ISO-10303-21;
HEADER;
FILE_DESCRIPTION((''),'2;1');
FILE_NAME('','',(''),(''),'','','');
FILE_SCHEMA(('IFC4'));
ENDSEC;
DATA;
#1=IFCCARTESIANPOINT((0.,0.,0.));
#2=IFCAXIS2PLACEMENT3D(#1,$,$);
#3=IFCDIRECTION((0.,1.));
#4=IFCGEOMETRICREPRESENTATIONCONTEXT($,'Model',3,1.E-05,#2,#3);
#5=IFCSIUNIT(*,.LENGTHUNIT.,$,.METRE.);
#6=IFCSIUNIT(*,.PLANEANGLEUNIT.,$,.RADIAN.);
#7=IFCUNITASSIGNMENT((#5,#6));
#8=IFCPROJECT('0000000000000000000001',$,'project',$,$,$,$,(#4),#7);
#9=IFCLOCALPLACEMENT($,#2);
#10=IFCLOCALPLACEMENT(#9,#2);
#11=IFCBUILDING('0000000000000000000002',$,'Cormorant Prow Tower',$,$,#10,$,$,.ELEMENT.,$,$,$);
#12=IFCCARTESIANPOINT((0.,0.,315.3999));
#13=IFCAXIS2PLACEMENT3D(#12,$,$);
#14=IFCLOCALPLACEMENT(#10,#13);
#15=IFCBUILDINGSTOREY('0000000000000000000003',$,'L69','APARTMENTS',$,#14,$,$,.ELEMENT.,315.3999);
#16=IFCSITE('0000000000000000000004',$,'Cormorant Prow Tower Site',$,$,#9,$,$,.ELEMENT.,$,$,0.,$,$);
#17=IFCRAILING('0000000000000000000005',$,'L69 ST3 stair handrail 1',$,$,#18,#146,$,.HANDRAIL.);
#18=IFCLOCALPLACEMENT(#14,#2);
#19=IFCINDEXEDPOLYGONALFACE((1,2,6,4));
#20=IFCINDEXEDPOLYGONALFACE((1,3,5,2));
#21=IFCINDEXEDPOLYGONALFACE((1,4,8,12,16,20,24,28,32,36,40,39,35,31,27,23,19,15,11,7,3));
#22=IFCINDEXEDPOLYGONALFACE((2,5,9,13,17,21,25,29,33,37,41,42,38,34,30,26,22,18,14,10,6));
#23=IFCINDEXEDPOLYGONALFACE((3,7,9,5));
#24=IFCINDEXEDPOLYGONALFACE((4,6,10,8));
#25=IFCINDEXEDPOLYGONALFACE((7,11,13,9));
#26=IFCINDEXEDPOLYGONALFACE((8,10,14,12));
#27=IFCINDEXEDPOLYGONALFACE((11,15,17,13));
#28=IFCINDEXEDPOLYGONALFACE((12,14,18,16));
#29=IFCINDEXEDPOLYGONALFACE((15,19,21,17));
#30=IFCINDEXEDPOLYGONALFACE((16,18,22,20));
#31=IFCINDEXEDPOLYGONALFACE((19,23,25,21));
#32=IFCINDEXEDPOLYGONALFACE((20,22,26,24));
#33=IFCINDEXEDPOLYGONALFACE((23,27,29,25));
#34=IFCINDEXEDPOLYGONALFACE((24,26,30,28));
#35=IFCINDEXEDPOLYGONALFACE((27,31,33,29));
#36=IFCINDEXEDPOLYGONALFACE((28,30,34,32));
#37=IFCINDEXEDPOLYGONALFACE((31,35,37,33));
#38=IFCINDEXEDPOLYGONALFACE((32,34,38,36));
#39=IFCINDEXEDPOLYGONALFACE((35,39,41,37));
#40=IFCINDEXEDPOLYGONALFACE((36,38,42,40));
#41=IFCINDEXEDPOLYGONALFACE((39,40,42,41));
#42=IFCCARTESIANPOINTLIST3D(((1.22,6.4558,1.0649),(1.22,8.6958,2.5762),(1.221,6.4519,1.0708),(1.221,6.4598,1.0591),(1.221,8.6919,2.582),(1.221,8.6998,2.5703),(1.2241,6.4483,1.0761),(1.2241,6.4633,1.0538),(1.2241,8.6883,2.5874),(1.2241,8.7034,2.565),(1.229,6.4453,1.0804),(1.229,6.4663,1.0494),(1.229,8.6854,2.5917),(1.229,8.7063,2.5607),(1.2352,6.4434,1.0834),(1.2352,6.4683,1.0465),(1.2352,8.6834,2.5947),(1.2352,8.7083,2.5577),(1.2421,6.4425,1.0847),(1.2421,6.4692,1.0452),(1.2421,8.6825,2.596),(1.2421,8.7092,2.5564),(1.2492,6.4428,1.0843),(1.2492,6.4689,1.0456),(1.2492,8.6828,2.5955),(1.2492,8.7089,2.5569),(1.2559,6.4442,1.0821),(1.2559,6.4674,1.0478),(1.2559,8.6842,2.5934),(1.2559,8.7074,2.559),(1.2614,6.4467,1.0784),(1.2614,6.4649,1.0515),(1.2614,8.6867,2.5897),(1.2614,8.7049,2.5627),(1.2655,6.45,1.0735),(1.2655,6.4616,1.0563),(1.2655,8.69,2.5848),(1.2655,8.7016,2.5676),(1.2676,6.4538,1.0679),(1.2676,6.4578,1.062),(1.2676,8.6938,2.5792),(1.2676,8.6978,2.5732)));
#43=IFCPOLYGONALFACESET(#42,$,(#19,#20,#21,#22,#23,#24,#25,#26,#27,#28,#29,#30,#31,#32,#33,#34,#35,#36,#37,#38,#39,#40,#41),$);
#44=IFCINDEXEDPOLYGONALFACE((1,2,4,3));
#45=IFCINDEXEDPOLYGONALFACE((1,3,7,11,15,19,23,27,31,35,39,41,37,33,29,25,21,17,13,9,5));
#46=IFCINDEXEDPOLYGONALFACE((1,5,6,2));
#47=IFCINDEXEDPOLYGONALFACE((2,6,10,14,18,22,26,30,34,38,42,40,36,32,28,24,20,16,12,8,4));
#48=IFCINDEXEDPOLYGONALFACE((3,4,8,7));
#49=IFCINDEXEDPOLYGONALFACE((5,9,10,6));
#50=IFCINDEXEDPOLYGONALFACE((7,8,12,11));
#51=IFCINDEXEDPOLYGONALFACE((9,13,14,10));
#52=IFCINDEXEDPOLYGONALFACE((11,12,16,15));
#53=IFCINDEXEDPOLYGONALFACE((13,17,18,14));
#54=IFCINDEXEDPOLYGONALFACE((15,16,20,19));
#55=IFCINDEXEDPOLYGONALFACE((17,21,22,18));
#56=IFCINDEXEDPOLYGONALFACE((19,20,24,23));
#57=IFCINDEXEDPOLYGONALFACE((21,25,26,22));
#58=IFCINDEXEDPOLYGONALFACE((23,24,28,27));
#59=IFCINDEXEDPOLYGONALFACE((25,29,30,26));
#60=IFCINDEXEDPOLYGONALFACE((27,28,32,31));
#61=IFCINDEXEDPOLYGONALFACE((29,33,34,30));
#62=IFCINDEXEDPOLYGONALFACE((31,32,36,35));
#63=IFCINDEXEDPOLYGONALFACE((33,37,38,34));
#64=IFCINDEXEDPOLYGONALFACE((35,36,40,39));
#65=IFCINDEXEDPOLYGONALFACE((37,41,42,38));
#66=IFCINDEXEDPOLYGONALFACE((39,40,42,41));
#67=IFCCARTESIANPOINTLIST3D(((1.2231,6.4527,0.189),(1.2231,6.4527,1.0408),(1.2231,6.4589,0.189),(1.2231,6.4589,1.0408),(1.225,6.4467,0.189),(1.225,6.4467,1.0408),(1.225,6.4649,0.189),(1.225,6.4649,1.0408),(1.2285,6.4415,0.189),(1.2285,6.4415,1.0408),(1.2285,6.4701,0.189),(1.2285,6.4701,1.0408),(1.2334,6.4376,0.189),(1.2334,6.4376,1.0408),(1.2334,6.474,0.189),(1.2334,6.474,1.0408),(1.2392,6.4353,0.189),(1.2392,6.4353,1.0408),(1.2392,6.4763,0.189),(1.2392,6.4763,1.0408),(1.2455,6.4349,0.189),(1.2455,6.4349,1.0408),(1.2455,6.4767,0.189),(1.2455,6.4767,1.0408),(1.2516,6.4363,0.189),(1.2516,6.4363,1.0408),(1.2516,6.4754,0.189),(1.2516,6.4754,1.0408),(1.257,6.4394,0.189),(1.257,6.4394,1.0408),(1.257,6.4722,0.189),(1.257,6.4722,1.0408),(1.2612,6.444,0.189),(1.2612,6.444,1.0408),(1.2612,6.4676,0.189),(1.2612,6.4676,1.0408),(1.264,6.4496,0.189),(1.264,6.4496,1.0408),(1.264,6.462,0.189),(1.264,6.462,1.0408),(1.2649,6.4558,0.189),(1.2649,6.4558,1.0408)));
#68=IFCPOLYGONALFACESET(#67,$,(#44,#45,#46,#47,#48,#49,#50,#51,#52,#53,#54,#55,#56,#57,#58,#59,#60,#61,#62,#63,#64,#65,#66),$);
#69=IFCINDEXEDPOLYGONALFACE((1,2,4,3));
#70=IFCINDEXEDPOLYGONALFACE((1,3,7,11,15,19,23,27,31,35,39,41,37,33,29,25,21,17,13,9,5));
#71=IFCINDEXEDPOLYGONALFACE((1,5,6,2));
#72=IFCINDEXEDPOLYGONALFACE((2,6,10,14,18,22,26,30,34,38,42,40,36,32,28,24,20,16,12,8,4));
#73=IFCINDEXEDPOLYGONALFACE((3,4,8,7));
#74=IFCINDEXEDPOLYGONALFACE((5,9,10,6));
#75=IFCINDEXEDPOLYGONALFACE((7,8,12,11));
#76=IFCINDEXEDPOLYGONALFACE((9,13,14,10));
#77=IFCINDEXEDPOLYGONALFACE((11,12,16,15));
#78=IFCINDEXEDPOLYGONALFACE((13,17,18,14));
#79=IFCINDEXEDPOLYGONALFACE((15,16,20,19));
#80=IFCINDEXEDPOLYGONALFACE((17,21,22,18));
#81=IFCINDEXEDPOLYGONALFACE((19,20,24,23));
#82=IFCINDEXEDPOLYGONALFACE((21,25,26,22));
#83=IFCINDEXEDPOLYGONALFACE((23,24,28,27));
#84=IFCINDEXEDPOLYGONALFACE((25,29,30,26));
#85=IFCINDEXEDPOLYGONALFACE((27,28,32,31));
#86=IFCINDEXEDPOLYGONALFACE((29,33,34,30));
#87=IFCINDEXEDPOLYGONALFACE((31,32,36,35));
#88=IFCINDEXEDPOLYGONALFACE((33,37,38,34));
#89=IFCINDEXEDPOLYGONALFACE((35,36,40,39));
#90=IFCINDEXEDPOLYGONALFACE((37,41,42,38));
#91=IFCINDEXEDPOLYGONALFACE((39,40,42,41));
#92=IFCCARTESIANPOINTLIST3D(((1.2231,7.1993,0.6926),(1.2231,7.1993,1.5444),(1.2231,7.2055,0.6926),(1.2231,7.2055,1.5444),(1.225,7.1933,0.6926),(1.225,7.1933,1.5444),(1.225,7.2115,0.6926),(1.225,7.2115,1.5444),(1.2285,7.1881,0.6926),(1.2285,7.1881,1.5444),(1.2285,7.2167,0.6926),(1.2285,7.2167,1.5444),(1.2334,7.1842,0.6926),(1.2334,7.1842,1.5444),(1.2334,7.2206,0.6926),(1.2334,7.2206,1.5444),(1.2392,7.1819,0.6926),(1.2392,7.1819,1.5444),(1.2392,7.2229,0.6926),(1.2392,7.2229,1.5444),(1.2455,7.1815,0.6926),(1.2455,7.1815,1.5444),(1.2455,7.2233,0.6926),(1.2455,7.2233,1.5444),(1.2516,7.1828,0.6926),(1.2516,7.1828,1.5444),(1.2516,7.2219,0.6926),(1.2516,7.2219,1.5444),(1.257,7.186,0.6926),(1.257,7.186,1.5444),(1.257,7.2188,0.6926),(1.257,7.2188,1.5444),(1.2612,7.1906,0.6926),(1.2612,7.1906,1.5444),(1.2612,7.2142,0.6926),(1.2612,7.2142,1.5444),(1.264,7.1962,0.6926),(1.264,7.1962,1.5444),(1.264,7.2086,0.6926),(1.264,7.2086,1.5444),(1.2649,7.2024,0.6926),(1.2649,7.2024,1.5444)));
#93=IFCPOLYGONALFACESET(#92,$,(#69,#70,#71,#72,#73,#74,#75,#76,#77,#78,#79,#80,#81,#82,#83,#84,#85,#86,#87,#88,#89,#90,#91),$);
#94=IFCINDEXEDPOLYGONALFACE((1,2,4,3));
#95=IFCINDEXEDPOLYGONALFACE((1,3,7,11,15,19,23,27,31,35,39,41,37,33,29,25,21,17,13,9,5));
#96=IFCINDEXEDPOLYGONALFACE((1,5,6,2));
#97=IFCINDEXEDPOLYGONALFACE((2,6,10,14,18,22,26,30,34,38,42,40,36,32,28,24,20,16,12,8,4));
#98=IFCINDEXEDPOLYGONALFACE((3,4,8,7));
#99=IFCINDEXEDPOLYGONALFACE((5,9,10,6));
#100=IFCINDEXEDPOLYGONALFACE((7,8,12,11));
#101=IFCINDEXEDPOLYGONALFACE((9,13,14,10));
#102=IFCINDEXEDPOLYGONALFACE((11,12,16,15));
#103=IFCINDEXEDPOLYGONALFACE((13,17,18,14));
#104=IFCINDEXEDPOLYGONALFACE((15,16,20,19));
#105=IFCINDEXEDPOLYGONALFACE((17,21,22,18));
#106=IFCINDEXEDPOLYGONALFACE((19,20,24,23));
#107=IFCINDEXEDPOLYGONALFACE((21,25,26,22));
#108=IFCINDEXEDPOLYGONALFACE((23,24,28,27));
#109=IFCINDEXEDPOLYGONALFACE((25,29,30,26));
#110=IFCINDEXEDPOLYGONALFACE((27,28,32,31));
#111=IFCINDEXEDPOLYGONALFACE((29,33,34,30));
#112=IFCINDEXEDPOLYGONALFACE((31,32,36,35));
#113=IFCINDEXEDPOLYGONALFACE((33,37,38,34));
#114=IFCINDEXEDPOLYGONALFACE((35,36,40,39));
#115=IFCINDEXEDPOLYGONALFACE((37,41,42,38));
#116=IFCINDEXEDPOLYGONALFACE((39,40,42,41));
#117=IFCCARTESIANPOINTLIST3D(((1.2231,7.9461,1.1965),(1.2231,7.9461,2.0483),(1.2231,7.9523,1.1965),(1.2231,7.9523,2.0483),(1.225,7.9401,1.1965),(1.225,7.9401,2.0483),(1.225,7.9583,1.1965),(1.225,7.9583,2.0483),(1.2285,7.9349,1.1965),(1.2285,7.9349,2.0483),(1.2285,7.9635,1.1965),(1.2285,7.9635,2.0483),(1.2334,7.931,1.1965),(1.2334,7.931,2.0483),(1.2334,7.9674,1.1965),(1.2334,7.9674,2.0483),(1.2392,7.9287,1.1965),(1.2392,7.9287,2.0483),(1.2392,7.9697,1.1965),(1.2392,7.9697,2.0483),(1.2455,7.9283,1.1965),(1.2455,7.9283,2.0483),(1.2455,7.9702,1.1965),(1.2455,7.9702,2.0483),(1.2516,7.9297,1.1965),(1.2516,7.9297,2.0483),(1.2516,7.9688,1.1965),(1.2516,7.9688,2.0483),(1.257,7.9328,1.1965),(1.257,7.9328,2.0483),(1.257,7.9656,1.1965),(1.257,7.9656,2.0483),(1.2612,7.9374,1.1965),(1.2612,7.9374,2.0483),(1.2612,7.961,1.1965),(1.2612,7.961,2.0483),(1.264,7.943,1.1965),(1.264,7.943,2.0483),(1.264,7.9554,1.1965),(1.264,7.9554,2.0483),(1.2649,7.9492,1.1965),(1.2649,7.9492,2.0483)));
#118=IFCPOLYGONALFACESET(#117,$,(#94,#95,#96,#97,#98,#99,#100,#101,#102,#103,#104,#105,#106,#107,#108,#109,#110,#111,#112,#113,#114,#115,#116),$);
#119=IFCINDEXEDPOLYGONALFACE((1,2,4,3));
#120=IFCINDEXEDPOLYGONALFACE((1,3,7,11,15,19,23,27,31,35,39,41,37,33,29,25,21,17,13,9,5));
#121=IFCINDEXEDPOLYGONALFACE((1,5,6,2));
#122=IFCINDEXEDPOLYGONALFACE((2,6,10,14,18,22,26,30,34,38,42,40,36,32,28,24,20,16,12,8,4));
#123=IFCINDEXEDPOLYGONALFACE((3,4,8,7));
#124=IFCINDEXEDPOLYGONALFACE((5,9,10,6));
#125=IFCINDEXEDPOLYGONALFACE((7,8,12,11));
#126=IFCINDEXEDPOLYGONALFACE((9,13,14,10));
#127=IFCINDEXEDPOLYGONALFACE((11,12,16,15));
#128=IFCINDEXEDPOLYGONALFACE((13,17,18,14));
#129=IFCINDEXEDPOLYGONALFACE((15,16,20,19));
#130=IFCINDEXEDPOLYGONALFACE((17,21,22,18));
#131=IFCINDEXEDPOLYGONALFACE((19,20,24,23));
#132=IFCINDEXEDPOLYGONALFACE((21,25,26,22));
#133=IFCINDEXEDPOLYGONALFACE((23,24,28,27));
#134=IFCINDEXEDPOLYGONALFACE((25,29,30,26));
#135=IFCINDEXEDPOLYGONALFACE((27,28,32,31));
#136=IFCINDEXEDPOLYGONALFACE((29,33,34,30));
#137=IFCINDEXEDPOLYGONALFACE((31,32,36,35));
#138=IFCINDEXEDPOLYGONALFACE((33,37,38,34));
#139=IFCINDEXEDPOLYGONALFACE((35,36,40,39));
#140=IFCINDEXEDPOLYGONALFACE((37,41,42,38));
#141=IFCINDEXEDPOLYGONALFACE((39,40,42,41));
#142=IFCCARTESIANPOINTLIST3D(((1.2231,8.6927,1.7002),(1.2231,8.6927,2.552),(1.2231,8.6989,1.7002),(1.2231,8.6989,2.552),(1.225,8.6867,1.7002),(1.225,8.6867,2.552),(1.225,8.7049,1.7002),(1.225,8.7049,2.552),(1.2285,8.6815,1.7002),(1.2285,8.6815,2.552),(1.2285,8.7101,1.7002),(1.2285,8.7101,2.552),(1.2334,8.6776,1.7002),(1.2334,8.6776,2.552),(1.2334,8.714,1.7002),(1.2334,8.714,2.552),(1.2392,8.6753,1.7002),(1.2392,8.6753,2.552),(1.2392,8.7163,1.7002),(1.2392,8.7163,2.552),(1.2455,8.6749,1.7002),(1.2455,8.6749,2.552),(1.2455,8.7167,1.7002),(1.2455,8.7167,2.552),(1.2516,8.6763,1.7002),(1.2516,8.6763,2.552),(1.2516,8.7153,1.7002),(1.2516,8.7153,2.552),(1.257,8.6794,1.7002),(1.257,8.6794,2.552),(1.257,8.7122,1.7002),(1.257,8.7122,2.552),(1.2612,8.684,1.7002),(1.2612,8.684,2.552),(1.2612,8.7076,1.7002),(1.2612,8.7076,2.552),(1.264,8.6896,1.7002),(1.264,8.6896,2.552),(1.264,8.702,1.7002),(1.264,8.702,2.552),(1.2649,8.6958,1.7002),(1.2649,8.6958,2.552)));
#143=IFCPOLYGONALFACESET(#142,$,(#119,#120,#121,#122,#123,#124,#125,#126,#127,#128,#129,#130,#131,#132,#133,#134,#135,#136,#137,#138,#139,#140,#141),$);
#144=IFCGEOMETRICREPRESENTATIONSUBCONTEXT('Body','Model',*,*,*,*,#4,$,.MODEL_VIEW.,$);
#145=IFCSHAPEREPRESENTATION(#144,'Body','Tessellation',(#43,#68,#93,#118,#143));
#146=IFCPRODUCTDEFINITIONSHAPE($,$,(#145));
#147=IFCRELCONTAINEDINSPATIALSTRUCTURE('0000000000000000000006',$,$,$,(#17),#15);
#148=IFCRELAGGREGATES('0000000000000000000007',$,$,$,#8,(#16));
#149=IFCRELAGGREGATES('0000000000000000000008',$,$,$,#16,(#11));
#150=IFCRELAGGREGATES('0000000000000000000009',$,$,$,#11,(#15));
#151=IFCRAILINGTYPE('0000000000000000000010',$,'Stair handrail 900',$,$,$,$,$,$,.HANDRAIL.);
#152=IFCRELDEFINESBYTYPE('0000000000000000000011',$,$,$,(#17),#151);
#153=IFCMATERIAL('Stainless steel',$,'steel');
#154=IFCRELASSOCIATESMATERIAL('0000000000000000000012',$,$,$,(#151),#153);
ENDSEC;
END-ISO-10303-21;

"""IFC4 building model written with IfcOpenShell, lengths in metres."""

from ifc_helpers import new_model, si_unit, direction, frame, origin, origin_2d, place, context, subcontext, project, spatial, circle, extrude, material, type_object, element, save


model = new_model("IFC4")

# Units and contexts
model_context = context("Model", 3, precision=1e-05, world=origin(), true_north=direction((0.0, 1.0)))
body_context = subcontext(model_context, "Body", "Model", "MODEL_VIEW")
ifc_project = project(units=[si_unit("LENGTHUNIT", "METRE"), si_unit("PLANEANGLEUNIT", "RADIAN")], contexts=[model_context])

# Site, building, storey
site_placement = place(None, origin())
site = spatial("IfcSite", under=ifc_project, at=site_placement, Name="Cormorant Prow Tower Site", CompositionType="ELEMENT", RefElevation=0.0)
building_placement = place(site_placement, origin())
building = spatial("IfcBuilding", under=site, at=building_placement, Name="Cormorant Prow Tower", CompositionType="ELEMENT")
storey_placement = place(building_placement, frame((0.0, 0.0, 315.3999)))
storey = spatial("IfcBuildingStorey", under=building, at=storey_placement, Name="L69", Description="APARTMENTS", CompositionType="ELEMENT", Elevation=315.3999)

# Railing
ifc_material_1 = material(Name="Stainless steel", Category="steel")
railing_type_1 = type_object("IfcRailingType", Name="Stair handrail 900", PredefinedType="HANDRAIL", material=ifc_material_1)
railing_1_placement = place(storey_placement, frame((1.2439, 6.4558, 0.189)))
element("IfcRailing", 1, at=railing_1_placement, inside=storey, type_object=railing_type_1, Name="L69 ST3 stair handrail 1", PredefinedType="HANDRAIL", context=body_context, shape_type="SweptSolid", body=[
    extrude(circle(Radius=0.0239, at=origin_2d()), frame((0.0, 0.0, 0.876), z_axis=(0.0, 0.82898, 0.559279), x_axis=(-1.0, 0.0, 0.0)), (0.0, 0.0, 1.0), 2.7021),
    extrude(circle(Radius=0.021, at=origin_2d()), origin(), (0.0, 0.0, 1.0), 0.8518),
    extrude(circle(Radius=0.021, at=origin_2d()), frame((0.0, 0.7466, 0.5037)), (0.0, 0.0, 1.0), 0.8518),
    extrude(circle(Radius=0.021, at=origin_2d()), frame((0.0, 1.4934, 1.0076)), (0.0, 0.0, 1.0), 0.8518),
    extrude(circle(Radius=0.021, at=origin_2d()), frame((0.0, 2.24, 1.5112)), (0.0, 0.0, 1.0), 0.8518),
])

save(model, "model.ifc")
